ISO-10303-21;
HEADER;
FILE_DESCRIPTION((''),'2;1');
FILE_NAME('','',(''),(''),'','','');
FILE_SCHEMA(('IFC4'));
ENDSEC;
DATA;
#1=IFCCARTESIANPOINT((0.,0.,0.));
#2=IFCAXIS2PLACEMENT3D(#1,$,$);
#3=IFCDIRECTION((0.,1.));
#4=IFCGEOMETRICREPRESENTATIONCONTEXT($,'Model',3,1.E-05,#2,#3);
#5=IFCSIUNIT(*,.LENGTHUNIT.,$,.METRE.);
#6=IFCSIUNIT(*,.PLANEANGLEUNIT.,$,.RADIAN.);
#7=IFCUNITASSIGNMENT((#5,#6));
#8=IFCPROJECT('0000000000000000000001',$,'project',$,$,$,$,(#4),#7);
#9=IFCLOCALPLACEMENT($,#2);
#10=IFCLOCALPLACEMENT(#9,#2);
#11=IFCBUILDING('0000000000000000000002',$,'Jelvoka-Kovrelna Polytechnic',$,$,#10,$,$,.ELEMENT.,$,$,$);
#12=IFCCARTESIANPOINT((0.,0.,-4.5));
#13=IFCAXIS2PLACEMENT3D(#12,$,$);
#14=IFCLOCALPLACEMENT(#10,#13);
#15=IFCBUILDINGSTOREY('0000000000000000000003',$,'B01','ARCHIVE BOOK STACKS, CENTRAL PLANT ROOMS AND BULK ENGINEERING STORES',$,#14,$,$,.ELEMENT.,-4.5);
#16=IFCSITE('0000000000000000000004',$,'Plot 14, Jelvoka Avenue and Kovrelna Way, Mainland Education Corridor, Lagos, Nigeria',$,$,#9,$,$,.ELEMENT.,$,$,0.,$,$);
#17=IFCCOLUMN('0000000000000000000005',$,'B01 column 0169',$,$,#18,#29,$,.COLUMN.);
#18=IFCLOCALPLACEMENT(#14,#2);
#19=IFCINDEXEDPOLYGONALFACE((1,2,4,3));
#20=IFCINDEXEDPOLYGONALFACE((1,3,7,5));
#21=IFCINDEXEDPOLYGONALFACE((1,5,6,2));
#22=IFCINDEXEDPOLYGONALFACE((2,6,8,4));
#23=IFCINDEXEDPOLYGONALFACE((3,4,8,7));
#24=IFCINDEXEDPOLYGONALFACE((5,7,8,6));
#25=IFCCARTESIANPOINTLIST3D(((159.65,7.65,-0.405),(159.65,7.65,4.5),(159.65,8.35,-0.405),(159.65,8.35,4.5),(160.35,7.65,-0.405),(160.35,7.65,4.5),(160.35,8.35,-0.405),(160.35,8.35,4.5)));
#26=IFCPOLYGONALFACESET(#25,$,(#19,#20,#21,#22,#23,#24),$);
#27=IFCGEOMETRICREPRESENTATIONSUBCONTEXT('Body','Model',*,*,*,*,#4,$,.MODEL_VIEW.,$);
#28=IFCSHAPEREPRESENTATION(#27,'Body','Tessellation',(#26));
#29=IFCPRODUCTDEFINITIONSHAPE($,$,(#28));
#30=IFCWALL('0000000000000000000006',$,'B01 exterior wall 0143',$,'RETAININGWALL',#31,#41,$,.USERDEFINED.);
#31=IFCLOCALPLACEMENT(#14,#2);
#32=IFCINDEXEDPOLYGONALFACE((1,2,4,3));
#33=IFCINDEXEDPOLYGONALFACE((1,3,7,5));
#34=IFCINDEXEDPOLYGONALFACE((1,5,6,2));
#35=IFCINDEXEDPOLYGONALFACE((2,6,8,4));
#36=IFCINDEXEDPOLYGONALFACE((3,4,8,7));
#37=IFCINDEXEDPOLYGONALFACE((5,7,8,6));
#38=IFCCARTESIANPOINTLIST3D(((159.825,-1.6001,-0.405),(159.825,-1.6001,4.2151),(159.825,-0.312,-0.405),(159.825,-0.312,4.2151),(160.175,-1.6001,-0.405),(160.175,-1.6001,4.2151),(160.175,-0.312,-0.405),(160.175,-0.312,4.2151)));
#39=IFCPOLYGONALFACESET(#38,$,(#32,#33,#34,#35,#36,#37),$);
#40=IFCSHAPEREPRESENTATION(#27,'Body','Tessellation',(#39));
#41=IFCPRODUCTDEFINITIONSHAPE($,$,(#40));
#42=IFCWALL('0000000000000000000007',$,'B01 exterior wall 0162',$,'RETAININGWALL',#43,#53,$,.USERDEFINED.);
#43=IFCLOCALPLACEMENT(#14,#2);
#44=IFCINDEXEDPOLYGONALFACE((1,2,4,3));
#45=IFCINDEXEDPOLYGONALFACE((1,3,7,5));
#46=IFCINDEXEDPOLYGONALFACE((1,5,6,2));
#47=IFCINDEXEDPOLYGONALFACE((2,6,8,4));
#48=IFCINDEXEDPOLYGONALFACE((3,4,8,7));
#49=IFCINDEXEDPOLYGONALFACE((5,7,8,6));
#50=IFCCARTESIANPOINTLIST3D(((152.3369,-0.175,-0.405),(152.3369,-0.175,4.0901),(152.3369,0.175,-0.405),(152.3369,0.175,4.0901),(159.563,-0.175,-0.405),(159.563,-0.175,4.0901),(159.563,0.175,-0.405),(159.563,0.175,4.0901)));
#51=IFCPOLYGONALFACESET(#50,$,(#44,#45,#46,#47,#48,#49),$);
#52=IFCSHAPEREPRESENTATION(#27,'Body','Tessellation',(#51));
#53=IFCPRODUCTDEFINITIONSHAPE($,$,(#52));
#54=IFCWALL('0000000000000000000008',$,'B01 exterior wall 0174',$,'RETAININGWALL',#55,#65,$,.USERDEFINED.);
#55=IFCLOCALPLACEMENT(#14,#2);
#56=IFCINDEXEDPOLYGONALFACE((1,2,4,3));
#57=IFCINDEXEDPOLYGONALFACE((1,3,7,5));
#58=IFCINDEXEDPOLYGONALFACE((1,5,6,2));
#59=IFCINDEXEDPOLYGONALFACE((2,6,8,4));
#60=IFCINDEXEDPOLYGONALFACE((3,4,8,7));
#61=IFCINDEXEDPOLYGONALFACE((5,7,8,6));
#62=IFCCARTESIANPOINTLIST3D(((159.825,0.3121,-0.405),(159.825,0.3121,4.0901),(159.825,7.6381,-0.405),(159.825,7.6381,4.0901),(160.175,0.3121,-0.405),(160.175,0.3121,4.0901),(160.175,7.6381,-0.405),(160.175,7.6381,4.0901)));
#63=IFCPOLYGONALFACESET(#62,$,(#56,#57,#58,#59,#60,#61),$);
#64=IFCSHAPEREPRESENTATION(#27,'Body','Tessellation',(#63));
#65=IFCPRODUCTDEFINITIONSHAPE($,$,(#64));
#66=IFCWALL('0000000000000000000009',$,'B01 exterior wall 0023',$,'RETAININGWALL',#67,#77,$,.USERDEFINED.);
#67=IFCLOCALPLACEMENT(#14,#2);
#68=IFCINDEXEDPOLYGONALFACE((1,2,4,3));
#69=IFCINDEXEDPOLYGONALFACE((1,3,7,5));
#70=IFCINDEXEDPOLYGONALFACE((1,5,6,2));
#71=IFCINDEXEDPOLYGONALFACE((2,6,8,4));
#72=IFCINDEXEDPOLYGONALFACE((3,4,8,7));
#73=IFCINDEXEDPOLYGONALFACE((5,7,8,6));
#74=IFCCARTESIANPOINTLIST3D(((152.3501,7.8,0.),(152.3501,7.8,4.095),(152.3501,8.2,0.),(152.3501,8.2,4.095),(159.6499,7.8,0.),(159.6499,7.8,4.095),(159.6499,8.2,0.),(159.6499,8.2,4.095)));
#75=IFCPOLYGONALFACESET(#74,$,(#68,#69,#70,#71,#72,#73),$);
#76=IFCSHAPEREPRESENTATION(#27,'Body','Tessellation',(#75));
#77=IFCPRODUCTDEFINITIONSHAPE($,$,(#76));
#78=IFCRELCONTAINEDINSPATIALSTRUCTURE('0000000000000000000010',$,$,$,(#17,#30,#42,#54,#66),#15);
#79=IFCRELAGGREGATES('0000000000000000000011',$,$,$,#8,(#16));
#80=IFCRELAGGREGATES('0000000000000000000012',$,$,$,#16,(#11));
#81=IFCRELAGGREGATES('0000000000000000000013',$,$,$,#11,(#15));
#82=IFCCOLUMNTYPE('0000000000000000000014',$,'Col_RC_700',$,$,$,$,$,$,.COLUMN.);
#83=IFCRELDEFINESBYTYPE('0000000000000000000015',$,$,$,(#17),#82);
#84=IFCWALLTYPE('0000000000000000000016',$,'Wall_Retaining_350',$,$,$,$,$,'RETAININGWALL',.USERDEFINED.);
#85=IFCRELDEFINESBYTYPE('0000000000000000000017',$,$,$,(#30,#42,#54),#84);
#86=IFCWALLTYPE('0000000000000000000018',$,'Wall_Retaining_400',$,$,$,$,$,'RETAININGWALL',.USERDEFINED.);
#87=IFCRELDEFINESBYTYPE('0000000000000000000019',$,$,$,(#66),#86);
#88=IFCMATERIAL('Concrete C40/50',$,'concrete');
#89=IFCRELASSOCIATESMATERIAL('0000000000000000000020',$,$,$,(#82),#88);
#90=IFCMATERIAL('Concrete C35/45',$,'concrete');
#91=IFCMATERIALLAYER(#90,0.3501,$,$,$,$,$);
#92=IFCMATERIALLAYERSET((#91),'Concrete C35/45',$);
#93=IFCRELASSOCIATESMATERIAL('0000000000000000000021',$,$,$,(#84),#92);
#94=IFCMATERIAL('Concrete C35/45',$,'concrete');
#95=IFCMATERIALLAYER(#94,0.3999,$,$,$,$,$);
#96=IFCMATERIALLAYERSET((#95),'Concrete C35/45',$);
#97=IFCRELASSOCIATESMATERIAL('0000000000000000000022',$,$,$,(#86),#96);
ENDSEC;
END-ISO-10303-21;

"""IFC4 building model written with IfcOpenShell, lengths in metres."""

from ifc_helpers import new_model, si_unit, direction, frame, frame_2d, origin, origin_2d, place, context, subcontext, project, spatial, rectangle, extrude, material, layer, layer_set, material_profile, profile_set, type_object, element, save


model = new_model("IFC4")

# Units and contexts
model_context = context("Model", 3, precision=1e-05, world=origin(), true_north=direction((0.0, 1.0)))
body_context = subcontext(model_context, "Body", "Model", "MODEL_VIEW")
ifc_project = project(units=[si_unit("LENGTHUNIT", "METRE"), si_unit("PLANEANGLEUNIT", "RADIAN")], contexts=[model_context])

# Site, building, storey
site_placement = place(None, origin())
site = spatial("IfcSite", under=ifc_project, at=site_placement, Name="Plot 14, Jelvoka Avenue and Kovrelna Way, Mainland Education Corridor, Lagos, Nigeria", CompositionType="ELEMENT", RefElevation=0.0)
building_placement = place(site_placement, origin())
building = spatial("IfcBuilding", under=site, at=building_placement, Name="Jelvoka-Kovrelna Polytechnic", CompositionType="ELEMENT")
storey_placement = place(building_placement, frame((0.0, 0.0, -4.5)))
storey = spatial("IfcBuildingStorey", under=building, at=storey_placement, Name="B01", Description="ARCHIVE BOOK STACKS, CENTRAL PLANT ROOMS AND BULK ENGINEERING STORES", CompositionType="ELEMENT", Elevation=-4.5)

# Column
ifc_material_1 = material(Name="Concrete C40/50", Category="concrete")
ifc_material_profile_1 = material_profile(ifc_material_1, rectangle(XDim=0.7, YDim=0.7, at=origin_2d()), Name="RC 700x700")
ifc_profile_set_1 = profile_set([ifc_material_profile_1], Name="Concrete C40/50")
column_type_1 = type_object("IfcColumnType", Name="Col_RC_700", PredefinedType="COLUMN", material=ifc_profile_set_1)
for number, where, z_axis, x_axis, name in (
    (1, (160.0, 8.0, -0.405), (0.0, 0.0, 1.0), (1.0, 0.0, 0.0), "B01 column 0169"),
):
    element("IfcColumn", number, at=place(storey_placement, frame(where, z_axis=z_axis, x_axis=x_axis)), inside=storey, type_object=column_type_1, Name=name, PredefinedType="COLUMN", context=body_context, shape_type="SweptSolid", body=[
        extrude(rectangle(XDim=0.7, YDim=0.7, at=origin_2d()), origin(), (0.0, 0.0, 1.0), 4.905),
    ])

# Walls
ifc_material_2 = material(Name="Concrete C35/45", Category="concrete")
ifc_layer_1 = layer(ifc_material_2, 0.3501)
ifc_layer_set_1 = layer_set([ifc_layer_1], Name="Concrete C35/45")
wall_type_1 = type_object("IfcWallType", Name="Wall_Retaining_350", ElementType="RETAININGWALL", PredefinedType="USERDEFINED", material=ifc_layer_set_1)
wall_1_placement = place(storey_placement, frame((160.0, -1.6001, -0.405), z_axis=(0.0, 0.0, 1.0), x_axis=(0.0, 1.0, 0.0)))
element("IfcWall", 2, at=wall_1_placement, inside=storey, type_object=wall_type_1, Name="B01 exterior wall 0143", ObjectType="RETAININGWALL", PredefinedType="USERDEFINED", context=body_context, shape_type="SweptSolid", body=[
    extrude(rectangle(XDim=1.2881, YDim=0.3501, at=frame_2d((0.644, 0.0))), origin(), (0.0, 0.0, 1.0), 4.6201),
])
wall_2_placement = place(storey_placement, frame((152.3369, 0.0, -0.405), z_axis=(0.0, 0.0, 1.0), x_axis=(1.0, 0.0, 0.0)))
element("IfcWall", 3, at=wall_2_placement, inside=storey, type_object=wall_type_1, Name="B01 exterior wall 0162", ObjectType="RETAININGWALL", PredefinedType="USERDEFINED", context=body_context, shape_type="SweptSolid", body=[
    extrude(rectangle(XDim=7.2261, YDim=0.3501, at=frame_2d((3.613, 0.0))), origin(), (0.0, 0.0, 1.0), 4.4951),
])
wall_3_placement = place(storey_placement, frame((160.0, 0.312, -0.405), z_axis=(0.0, 0.0, 1.0), x_axis=(0.0, 1.0, 0.0)))
element("IfcWall", 4, at=wall_3_placement, inside=storey, type_object=wall_type_1, Name="B01 exterior wall 0174", ObjectType="RETAININGWALL", PredefinedType="USERDEFINED", context=body_context, shape_type="SweptSolid", body=[
    extrude(rectangle(XDim=7.3259, YDim=0.3501, at=frame_2d((3.6631, 0.0))), origin(), (0.0, 0.0, 1.0), 4.4951),
])
ifc_material_3 = material(Name="Concrete C35/45", Category="concrete")
ifc_layer_2 = layer(ifc_material_3, 0.3999)
ifc_layer_set_2 = layer_set([ifc_layer_2], Name="Concrete C35/45")
wall_type_2 = type_object("IfcWallType", Name="Wall_Retaining_400", ElementType="RETAININGWALL", PredefinedType="USERDEFINED", material=ifc_layer_set_2)
wall_4_placement = place(storey_placement, frame((159.6499, 8.0, 0.0), z_axis=(0.0, 0.0, 1.0), x_axis=(-1.0, 0.0, 0.0)))
element("IfcWall", 5, at=wall_4_placement, inside=storey, type_object=wall_type_2, Name="B01 exterior wall 0023", ObjectType="RETAININGWALL", PredefinedType="USERDEFINED", context=body_context, shape_type="SweptSolid", body=[
    extrude(rectangle(XDim=7.2998, YDim=0.3999, at=frame_2d((3.6499, 0.0))), origin(), (0.0, 0.0, 1.0), 4.095),
])

save(model, "model.ifc")
